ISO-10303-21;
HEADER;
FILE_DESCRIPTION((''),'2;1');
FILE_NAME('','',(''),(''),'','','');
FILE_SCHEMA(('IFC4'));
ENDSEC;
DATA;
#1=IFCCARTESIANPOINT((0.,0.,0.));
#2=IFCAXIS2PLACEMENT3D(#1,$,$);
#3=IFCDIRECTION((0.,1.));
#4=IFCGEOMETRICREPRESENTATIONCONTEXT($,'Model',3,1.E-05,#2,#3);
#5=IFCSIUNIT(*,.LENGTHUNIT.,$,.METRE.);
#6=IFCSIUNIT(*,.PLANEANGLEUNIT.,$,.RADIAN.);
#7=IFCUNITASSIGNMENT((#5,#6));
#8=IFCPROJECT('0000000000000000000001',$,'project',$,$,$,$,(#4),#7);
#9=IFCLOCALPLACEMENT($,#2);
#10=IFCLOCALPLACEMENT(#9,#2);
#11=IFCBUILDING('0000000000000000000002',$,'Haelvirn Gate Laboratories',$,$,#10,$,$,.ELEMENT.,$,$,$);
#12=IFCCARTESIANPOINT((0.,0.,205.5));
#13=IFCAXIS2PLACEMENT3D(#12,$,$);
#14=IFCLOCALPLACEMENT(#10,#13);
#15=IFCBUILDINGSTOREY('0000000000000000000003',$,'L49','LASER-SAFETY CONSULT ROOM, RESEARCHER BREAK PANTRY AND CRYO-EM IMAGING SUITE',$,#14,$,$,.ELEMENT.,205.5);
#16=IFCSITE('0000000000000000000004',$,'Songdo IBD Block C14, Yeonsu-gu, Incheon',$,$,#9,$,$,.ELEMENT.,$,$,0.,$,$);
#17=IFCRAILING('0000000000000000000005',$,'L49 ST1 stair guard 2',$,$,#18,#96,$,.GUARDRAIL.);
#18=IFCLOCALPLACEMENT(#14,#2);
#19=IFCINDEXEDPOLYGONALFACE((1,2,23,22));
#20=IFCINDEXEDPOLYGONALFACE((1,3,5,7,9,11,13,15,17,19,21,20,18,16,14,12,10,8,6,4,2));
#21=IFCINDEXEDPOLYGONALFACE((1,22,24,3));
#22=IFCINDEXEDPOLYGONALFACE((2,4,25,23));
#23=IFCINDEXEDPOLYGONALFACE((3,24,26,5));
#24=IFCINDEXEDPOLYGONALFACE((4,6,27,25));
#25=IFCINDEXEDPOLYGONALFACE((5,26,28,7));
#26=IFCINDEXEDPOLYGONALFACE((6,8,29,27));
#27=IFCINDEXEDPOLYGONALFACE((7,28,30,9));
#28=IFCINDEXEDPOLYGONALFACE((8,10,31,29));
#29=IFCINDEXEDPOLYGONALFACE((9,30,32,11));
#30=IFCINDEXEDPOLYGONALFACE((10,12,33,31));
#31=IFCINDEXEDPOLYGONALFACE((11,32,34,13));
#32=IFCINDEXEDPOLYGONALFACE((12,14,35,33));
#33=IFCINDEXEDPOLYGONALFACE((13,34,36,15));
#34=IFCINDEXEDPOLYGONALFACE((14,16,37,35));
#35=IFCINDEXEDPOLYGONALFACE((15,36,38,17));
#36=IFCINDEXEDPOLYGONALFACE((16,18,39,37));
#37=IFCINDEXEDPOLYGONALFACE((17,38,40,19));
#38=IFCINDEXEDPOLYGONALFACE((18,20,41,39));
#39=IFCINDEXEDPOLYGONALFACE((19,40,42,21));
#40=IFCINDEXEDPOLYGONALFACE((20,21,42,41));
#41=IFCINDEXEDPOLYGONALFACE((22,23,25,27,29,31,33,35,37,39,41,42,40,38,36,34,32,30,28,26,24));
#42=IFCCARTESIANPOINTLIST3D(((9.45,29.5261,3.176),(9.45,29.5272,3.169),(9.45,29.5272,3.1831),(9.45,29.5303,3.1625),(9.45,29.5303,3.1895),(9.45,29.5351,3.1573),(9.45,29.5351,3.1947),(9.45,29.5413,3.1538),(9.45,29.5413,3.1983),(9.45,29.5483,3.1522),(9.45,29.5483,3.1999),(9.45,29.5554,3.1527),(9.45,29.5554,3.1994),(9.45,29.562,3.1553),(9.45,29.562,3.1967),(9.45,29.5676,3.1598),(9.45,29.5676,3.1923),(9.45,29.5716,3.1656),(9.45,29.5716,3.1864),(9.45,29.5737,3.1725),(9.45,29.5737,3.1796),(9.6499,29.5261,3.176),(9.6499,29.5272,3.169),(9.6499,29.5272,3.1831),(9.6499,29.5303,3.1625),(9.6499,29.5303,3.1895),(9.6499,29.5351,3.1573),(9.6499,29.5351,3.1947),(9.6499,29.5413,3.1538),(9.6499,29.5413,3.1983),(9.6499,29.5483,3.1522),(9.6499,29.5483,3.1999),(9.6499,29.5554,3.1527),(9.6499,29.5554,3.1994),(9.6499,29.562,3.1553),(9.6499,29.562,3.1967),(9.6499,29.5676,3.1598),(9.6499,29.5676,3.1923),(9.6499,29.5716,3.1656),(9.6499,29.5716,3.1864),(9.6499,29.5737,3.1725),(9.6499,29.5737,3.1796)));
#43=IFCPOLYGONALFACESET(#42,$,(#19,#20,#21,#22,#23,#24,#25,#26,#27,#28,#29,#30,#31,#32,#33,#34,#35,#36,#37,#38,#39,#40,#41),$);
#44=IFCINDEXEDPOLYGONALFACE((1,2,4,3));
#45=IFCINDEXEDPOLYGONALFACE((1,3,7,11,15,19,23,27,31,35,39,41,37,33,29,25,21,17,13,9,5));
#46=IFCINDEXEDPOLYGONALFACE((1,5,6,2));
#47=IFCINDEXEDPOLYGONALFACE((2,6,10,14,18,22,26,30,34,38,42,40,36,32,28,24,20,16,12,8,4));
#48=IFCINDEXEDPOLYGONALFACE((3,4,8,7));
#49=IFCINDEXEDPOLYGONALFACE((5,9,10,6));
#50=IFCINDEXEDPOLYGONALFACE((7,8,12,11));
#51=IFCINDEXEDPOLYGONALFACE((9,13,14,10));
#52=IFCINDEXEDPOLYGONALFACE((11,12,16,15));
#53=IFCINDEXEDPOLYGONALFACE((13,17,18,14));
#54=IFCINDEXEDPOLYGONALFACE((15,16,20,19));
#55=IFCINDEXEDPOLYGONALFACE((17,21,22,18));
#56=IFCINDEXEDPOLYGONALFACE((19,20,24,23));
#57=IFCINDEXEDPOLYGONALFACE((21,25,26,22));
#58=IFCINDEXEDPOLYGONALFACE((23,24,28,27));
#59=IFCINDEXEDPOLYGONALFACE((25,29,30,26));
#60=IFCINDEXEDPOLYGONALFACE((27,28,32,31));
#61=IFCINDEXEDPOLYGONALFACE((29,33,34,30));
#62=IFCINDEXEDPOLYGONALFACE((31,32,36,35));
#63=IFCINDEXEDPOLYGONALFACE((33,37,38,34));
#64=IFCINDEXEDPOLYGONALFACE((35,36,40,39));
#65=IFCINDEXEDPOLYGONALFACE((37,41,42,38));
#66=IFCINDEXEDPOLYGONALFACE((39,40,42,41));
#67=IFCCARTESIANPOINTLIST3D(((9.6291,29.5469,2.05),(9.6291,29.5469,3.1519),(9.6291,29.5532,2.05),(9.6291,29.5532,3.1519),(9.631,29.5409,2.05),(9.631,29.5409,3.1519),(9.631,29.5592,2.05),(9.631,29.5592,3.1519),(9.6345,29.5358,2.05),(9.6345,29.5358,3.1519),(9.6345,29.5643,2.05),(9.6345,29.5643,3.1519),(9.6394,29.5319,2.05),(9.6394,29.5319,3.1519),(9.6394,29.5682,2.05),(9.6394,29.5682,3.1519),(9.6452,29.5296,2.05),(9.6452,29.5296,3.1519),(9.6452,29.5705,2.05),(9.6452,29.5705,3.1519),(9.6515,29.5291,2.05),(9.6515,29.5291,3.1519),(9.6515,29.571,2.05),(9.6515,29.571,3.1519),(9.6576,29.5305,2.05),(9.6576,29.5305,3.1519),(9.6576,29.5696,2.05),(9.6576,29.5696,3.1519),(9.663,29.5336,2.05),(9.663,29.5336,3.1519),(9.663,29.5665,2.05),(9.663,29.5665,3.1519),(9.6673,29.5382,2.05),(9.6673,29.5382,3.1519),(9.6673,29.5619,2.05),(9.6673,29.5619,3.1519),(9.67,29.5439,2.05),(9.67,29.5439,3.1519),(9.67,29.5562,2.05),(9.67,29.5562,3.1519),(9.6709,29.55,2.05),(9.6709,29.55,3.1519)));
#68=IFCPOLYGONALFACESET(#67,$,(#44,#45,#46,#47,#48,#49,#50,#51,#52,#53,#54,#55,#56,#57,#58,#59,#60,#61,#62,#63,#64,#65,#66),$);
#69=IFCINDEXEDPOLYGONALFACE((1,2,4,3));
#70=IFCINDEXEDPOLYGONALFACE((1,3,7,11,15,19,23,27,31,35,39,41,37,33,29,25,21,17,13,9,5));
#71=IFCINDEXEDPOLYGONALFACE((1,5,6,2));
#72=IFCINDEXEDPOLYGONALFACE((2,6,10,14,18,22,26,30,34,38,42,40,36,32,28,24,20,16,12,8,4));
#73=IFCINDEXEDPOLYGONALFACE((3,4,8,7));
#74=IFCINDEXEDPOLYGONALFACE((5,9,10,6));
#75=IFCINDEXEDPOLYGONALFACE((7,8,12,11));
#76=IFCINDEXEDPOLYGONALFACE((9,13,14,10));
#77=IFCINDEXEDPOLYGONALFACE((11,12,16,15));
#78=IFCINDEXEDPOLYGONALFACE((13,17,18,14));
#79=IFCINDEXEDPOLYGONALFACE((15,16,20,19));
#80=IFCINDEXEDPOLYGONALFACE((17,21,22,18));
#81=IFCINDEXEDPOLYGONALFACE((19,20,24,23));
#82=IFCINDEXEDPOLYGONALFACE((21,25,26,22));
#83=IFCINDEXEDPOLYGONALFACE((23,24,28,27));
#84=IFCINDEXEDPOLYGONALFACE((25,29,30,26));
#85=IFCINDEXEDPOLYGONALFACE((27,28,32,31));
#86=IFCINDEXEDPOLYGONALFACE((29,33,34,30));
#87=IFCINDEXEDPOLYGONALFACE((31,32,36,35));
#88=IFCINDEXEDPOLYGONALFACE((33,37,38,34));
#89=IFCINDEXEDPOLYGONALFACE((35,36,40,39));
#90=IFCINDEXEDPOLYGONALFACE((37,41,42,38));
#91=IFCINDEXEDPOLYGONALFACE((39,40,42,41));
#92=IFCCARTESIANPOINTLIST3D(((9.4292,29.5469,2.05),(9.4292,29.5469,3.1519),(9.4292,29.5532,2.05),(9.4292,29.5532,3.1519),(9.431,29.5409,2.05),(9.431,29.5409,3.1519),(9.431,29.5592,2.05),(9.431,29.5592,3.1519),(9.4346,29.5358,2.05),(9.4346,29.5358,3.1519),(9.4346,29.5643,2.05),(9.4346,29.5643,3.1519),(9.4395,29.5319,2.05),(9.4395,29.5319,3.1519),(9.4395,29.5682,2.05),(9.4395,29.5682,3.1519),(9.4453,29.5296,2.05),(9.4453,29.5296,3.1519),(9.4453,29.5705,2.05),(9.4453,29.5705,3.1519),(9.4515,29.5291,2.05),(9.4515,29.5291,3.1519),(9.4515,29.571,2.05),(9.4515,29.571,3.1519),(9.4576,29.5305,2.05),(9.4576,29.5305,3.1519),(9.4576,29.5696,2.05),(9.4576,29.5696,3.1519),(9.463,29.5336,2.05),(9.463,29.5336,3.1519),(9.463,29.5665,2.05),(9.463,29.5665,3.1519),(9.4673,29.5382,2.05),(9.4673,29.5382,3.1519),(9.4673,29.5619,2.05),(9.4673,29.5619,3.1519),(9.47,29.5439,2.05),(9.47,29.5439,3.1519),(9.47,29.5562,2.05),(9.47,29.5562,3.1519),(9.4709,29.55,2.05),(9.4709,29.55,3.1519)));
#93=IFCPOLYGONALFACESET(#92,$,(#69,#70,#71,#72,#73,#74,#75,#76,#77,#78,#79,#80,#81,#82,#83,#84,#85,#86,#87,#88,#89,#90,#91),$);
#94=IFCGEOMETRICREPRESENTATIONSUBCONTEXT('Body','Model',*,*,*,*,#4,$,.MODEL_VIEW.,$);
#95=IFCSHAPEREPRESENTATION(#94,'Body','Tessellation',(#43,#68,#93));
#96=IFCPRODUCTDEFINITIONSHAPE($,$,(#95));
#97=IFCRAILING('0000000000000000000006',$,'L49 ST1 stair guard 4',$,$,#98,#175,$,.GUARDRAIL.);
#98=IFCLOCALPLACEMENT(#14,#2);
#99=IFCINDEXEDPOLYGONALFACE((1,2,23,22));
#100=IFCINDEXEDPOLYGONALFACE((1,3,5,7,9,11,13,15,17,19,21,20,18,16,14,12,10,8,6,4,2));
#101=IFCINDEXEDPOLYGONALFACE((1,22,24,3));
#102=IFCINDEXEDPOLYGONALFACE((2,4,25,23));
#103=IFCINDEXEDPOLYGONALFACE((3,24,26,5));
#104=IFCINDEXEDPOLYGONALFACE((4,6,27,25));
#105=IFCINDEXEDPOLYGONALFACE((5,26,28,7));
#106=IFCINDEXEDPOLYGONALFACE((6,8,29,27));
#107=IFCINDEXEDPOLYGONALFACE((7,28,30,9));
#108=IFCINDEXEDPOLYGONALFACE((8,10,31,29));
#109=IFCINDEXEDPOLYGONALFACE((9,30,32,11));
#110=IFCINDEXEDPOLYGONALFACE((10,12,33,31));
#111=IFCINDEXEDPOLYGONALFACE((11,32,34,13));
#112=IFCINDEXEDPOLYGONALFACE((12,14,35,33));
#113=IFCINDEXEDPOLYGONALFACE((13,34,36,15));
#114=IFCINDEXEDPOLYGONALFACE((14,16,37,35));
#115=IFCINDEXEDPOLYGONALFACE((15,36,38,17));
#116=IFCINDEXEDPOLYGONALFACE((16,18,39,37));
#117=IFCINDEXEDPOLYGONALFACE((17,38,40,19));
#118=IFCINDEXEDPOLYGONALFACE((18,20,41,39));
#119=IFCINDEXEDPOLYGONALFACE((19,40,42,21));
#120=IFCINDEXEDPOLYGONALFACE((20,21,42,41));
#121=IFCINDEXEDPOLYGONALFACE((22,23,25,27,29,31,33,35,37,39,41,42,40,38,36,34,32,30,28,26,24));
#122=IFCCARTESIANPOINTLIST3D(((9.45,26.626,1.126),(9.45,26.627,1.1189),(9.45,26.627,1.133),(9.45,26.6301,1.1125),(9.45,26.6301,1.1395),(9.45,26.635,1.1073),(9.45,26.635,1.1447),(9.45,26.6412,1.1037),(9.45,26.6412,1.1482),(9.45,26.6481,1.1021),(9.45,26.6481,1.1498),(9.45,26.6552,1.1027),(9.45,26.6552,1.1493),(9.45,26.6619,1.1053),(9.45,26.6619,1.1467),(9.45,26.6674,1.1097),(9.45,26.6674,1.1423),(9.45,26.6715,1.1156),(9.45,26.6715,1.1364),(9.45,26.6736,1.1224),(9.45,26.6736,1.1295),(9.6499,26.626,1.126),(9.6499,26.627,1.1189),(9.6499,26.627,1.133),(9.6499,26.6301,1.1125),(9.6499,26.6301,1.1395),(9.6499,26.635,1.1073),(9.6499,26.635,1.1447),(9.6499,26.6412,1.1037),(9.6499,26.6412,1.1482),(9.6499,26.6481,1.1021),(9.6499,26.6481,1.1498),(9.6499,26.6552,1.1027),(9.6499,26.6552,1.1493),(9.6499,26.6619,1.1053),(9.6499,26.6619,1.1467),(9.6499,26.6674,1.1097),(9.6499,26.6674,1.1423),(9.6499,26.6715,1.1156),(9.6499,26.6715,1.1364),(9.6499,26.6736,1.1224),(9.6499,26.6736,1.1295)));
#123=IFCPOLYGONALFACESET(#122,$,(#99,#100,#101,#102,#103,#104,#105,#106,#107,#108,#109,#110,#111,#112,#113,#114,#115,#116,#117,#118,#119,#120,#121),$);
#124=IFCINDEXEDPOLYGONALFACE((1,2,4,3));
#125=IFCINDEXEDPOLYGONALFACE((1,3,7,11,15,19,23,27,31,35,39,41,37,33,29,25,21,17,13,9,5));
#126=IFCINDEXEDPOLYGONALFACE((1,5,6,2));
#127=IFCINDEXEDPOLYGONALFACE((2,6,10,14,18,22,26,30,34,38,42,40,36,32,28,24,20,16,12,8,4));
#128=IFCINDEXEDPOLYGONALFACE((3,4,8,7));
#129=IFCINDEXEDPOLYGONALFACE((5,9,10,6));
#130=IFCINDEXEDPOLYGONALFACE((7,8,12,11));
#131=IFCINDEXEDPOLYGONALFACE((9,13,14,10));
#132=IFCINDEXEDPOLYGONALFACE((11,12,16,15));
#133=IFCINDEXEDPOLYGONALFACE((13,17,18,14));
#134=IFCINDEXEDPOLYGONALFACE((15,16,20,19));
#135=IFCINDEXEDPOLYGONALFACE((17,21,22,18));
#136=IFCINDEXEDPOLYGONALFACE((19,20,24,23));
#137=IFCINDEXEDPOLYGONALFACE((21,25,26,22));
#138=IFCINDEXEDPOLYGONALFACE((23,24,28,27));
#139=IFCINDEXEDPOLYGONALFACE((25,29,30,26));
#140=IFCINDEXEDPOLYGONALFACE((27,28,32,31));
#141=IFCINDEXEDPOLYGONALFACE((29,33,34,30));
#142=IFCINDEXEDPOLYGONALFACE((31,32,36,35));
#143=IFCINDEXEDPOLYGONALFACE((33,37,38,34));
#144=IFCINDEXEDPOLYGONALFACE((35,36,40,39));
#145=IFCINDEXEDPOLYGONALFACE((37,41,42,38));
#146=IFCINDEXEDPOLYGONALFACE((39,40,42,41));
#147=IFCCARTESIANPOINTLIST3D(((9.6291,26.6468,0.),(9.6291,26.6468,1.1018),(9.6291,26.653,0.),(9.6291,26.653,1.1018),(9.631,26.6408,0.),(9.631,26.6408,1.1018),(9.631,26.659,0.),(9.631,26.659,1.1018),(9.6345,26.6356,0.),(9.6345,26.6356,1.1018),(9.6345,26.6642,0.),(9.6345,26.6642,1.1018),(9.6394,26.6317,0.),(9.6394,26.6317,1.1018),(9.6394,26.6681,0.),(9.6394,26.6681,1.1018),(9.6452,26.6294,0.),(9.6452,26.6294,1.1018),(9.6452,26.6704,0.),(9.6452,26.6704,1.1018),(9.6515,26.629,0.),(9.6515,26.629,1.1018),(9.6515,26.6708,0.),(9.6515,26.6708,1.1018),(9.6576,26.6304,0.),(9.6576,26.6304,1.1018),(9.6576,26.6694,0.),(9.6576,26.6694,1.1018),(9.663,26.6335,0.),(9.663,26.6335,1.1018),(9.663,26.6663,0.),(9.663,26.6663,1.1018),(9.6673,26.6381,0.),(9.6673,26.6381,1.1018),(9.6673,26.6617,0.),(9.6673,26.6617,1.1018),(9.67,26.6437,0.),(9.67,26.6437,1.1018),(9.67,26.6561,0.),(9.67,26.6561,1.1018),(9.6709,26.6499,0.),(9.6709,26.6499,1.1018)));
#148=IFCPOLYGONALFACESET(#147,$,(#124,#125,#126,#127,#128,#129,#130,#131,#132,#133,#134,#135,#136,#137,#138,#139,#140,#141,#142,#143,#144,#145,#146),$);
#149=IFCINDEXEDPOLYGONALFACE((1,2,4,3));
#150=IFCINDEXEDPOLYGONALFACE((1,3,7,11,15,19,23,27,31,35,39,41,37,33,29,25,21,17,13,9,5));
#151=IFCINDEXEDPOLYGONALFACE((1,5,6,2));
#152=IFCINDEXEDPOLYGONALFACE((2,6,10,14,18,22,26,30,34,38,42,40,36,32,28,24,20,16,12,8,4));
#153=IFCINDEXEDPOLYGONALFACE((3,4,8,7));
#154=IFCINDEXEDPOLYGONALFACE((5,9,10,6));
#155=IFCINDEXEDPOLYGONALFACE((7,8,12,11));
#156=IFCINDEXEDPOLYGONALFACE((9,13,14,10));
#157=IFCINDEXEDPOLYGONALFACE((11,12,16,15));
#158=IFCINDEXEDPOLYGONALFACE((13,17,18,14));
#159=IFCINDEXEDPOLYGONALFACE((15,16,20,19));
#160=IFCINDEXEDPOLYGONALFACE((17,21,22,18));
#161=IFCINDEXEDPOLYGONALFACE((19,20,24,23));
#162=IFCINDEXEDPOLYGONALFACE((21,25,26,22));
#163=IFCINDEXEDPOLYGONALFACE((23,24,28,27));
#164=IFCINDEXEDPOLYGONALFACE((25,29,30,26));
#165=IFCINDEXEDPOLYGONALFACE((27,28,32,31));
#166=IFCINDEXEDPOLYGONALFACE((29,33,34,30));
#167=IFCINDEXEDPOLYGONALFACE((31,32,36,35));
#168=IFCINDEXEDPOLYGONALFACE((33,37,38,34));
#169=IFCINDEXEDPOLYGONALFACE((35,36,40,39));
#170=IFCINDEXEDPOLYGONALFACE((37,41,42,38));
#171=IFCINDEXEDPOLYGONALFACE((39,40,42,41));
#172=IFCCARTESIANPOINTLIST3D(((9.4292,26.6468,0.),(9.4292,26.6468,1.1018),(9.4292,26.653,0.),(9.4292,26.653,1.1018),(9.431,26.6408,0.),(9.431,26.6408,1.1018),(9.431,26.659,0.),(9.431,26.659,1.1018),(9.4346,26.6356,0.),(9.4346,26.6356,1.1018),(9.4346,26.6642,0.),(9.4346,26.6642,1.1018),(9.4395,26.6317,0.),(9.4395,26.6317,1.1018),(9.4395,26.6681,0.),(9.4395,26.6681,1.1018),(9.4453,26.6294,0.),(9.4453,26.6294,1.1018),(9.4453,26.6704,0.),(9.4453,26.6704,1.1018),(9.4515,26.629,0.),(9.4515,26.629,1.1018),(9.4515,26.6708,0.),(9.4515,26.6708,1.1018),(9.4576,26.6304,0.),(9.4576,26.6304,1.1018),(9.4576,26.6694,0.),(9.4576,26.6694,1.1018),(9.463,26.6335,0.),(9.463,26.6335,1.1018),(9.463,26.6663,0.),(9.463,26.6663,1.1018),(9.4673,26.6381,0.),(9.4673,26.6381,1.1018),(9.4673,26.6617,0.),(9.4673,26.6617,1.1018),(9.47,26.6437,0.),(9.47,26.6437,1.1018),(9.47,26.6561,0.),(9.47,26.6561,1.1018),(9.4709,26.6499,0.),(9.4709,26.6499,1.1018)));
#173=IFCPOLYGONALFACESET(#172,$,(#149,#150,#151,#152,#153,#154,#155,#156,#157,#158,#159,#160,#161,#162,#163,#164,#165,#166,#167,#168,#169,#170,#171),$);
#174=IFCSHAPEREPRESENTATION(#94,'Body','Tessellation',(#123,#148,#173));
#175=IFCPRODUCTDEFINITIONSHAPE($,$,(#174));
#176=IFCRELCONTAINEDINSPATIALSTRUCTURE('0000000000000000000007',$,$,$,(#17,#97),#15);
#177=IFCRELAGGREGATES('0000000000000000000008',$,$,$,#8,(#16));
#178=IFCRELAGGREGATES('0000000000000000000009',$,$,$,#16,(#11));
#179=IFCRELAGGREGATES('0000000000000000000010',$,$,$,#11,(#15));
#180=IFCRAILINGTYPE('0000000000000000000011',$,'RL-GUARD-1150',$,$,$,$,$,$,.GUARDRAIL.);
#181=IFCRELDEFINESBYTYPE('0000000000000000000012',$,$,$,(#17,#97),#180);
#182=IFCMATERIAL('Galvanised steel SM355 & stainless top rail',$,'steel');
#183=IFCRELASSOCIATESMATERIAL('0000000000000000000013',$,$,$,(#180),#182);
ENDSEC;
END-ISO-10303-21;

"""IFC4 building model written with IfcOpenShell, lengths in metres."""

from ifc_helpers import new_model, si_unit, direction, frame, origin, origin_2d, place, context, subcontext, project, spatial, circle, extrude, source, transform, mapped, material, type_object, element, save


model = new_model("IFC4")

# Units and contexts
model_context = context("Model", 3, precision=1e-05, world=origin(), true_north=direction((0.0, 1.0)))
body_context = subcontext(model_context, "Body", "Model", "MODEL_VIEW")
ifc_project = project(units=[si_unit("LENGTHUNIT", "METRE"), si_unit("PLANEANGLEUNIT", "RADIAN")], contexts=[model_context])

# Site, building, storey
site_placement = place(None, origin())
site = spatial("IfcSite", under=ifc_project, at=site_placement, Name="Songdo IBD Block C14, Yeonsu-gu, Incheon", CompositionType="ELEMENT", RefElevation=0.0)
building_placement = place(site_placement, origin())
building = spatial("IfcBuilding", under=site, at=building_placement, Name="Haelvirn Gate Laboratories", CompositionType="ELEMENT")
storey_placement = place(building_placement, frame((0.0, 0.0, 205.5)))
storey = spatial("IfcBuildingStorey", under=building, at=storey_placement, Name="L49", Description="LASER-SAFETY CONSULT ROOM, RESEARCHER BREAK PANTRY AND CRYO-EM IMAGING SUITE", CompositionType="ELEMENT", Elevation=205.5)

# Railings
ifc_material_1 = material(Name="Galvanised steel SM355 & stainless top rail", Category="steel")
railing_type_1 = type_object("IfcRailingType", Name="RL-GUARD-1150", PredefinedType="GUARDRAIL", material=ifc_material_1)
shared_shape_1 = source(origin(), body_context, "Body", "SweptSolid", [
    extrude(circle(Radius=0.0239, at=origin_2d()), frame((0.0, 0.0, 1.126), z_axis=(-1.0, 0.0, 0.0), x_axis=(0.0, -1.0, 0.0)), (0.0, 0.0, 1.0), 0.2),
    extrude(circle(Radius=0.021, at=origin_2d()), origin(), (0.0, 0.0, 1.0), 1.1018),
    extrude(circle(Radius=0.021, at=origin_2d()), frame((-0.2, 0.0, 0.0)), (0.0, 0.0, 1.0), 1.1018),
])
for number, where, name in (
    (1, (9.6499, 29.55, 2.05), "L49 ST1 stair guard 2"),
    (2, (9.6499, 26.6499, 0.0), "L49 ST1 stair guard 4"),
):
    element("IfcRailing", number, at=place(storey_placement, frame(where)), inside=storey, type_object=railing_type_1, Name=name, PredefinedType="GUARDRAIL", context=body_context, shape_type="MappedRepresentation", body=[
        mapped(shared_shape_1, transform((0.0, 0.0, 0.0), scale=1.0)),
    ])

save(model, "model.ifc")
